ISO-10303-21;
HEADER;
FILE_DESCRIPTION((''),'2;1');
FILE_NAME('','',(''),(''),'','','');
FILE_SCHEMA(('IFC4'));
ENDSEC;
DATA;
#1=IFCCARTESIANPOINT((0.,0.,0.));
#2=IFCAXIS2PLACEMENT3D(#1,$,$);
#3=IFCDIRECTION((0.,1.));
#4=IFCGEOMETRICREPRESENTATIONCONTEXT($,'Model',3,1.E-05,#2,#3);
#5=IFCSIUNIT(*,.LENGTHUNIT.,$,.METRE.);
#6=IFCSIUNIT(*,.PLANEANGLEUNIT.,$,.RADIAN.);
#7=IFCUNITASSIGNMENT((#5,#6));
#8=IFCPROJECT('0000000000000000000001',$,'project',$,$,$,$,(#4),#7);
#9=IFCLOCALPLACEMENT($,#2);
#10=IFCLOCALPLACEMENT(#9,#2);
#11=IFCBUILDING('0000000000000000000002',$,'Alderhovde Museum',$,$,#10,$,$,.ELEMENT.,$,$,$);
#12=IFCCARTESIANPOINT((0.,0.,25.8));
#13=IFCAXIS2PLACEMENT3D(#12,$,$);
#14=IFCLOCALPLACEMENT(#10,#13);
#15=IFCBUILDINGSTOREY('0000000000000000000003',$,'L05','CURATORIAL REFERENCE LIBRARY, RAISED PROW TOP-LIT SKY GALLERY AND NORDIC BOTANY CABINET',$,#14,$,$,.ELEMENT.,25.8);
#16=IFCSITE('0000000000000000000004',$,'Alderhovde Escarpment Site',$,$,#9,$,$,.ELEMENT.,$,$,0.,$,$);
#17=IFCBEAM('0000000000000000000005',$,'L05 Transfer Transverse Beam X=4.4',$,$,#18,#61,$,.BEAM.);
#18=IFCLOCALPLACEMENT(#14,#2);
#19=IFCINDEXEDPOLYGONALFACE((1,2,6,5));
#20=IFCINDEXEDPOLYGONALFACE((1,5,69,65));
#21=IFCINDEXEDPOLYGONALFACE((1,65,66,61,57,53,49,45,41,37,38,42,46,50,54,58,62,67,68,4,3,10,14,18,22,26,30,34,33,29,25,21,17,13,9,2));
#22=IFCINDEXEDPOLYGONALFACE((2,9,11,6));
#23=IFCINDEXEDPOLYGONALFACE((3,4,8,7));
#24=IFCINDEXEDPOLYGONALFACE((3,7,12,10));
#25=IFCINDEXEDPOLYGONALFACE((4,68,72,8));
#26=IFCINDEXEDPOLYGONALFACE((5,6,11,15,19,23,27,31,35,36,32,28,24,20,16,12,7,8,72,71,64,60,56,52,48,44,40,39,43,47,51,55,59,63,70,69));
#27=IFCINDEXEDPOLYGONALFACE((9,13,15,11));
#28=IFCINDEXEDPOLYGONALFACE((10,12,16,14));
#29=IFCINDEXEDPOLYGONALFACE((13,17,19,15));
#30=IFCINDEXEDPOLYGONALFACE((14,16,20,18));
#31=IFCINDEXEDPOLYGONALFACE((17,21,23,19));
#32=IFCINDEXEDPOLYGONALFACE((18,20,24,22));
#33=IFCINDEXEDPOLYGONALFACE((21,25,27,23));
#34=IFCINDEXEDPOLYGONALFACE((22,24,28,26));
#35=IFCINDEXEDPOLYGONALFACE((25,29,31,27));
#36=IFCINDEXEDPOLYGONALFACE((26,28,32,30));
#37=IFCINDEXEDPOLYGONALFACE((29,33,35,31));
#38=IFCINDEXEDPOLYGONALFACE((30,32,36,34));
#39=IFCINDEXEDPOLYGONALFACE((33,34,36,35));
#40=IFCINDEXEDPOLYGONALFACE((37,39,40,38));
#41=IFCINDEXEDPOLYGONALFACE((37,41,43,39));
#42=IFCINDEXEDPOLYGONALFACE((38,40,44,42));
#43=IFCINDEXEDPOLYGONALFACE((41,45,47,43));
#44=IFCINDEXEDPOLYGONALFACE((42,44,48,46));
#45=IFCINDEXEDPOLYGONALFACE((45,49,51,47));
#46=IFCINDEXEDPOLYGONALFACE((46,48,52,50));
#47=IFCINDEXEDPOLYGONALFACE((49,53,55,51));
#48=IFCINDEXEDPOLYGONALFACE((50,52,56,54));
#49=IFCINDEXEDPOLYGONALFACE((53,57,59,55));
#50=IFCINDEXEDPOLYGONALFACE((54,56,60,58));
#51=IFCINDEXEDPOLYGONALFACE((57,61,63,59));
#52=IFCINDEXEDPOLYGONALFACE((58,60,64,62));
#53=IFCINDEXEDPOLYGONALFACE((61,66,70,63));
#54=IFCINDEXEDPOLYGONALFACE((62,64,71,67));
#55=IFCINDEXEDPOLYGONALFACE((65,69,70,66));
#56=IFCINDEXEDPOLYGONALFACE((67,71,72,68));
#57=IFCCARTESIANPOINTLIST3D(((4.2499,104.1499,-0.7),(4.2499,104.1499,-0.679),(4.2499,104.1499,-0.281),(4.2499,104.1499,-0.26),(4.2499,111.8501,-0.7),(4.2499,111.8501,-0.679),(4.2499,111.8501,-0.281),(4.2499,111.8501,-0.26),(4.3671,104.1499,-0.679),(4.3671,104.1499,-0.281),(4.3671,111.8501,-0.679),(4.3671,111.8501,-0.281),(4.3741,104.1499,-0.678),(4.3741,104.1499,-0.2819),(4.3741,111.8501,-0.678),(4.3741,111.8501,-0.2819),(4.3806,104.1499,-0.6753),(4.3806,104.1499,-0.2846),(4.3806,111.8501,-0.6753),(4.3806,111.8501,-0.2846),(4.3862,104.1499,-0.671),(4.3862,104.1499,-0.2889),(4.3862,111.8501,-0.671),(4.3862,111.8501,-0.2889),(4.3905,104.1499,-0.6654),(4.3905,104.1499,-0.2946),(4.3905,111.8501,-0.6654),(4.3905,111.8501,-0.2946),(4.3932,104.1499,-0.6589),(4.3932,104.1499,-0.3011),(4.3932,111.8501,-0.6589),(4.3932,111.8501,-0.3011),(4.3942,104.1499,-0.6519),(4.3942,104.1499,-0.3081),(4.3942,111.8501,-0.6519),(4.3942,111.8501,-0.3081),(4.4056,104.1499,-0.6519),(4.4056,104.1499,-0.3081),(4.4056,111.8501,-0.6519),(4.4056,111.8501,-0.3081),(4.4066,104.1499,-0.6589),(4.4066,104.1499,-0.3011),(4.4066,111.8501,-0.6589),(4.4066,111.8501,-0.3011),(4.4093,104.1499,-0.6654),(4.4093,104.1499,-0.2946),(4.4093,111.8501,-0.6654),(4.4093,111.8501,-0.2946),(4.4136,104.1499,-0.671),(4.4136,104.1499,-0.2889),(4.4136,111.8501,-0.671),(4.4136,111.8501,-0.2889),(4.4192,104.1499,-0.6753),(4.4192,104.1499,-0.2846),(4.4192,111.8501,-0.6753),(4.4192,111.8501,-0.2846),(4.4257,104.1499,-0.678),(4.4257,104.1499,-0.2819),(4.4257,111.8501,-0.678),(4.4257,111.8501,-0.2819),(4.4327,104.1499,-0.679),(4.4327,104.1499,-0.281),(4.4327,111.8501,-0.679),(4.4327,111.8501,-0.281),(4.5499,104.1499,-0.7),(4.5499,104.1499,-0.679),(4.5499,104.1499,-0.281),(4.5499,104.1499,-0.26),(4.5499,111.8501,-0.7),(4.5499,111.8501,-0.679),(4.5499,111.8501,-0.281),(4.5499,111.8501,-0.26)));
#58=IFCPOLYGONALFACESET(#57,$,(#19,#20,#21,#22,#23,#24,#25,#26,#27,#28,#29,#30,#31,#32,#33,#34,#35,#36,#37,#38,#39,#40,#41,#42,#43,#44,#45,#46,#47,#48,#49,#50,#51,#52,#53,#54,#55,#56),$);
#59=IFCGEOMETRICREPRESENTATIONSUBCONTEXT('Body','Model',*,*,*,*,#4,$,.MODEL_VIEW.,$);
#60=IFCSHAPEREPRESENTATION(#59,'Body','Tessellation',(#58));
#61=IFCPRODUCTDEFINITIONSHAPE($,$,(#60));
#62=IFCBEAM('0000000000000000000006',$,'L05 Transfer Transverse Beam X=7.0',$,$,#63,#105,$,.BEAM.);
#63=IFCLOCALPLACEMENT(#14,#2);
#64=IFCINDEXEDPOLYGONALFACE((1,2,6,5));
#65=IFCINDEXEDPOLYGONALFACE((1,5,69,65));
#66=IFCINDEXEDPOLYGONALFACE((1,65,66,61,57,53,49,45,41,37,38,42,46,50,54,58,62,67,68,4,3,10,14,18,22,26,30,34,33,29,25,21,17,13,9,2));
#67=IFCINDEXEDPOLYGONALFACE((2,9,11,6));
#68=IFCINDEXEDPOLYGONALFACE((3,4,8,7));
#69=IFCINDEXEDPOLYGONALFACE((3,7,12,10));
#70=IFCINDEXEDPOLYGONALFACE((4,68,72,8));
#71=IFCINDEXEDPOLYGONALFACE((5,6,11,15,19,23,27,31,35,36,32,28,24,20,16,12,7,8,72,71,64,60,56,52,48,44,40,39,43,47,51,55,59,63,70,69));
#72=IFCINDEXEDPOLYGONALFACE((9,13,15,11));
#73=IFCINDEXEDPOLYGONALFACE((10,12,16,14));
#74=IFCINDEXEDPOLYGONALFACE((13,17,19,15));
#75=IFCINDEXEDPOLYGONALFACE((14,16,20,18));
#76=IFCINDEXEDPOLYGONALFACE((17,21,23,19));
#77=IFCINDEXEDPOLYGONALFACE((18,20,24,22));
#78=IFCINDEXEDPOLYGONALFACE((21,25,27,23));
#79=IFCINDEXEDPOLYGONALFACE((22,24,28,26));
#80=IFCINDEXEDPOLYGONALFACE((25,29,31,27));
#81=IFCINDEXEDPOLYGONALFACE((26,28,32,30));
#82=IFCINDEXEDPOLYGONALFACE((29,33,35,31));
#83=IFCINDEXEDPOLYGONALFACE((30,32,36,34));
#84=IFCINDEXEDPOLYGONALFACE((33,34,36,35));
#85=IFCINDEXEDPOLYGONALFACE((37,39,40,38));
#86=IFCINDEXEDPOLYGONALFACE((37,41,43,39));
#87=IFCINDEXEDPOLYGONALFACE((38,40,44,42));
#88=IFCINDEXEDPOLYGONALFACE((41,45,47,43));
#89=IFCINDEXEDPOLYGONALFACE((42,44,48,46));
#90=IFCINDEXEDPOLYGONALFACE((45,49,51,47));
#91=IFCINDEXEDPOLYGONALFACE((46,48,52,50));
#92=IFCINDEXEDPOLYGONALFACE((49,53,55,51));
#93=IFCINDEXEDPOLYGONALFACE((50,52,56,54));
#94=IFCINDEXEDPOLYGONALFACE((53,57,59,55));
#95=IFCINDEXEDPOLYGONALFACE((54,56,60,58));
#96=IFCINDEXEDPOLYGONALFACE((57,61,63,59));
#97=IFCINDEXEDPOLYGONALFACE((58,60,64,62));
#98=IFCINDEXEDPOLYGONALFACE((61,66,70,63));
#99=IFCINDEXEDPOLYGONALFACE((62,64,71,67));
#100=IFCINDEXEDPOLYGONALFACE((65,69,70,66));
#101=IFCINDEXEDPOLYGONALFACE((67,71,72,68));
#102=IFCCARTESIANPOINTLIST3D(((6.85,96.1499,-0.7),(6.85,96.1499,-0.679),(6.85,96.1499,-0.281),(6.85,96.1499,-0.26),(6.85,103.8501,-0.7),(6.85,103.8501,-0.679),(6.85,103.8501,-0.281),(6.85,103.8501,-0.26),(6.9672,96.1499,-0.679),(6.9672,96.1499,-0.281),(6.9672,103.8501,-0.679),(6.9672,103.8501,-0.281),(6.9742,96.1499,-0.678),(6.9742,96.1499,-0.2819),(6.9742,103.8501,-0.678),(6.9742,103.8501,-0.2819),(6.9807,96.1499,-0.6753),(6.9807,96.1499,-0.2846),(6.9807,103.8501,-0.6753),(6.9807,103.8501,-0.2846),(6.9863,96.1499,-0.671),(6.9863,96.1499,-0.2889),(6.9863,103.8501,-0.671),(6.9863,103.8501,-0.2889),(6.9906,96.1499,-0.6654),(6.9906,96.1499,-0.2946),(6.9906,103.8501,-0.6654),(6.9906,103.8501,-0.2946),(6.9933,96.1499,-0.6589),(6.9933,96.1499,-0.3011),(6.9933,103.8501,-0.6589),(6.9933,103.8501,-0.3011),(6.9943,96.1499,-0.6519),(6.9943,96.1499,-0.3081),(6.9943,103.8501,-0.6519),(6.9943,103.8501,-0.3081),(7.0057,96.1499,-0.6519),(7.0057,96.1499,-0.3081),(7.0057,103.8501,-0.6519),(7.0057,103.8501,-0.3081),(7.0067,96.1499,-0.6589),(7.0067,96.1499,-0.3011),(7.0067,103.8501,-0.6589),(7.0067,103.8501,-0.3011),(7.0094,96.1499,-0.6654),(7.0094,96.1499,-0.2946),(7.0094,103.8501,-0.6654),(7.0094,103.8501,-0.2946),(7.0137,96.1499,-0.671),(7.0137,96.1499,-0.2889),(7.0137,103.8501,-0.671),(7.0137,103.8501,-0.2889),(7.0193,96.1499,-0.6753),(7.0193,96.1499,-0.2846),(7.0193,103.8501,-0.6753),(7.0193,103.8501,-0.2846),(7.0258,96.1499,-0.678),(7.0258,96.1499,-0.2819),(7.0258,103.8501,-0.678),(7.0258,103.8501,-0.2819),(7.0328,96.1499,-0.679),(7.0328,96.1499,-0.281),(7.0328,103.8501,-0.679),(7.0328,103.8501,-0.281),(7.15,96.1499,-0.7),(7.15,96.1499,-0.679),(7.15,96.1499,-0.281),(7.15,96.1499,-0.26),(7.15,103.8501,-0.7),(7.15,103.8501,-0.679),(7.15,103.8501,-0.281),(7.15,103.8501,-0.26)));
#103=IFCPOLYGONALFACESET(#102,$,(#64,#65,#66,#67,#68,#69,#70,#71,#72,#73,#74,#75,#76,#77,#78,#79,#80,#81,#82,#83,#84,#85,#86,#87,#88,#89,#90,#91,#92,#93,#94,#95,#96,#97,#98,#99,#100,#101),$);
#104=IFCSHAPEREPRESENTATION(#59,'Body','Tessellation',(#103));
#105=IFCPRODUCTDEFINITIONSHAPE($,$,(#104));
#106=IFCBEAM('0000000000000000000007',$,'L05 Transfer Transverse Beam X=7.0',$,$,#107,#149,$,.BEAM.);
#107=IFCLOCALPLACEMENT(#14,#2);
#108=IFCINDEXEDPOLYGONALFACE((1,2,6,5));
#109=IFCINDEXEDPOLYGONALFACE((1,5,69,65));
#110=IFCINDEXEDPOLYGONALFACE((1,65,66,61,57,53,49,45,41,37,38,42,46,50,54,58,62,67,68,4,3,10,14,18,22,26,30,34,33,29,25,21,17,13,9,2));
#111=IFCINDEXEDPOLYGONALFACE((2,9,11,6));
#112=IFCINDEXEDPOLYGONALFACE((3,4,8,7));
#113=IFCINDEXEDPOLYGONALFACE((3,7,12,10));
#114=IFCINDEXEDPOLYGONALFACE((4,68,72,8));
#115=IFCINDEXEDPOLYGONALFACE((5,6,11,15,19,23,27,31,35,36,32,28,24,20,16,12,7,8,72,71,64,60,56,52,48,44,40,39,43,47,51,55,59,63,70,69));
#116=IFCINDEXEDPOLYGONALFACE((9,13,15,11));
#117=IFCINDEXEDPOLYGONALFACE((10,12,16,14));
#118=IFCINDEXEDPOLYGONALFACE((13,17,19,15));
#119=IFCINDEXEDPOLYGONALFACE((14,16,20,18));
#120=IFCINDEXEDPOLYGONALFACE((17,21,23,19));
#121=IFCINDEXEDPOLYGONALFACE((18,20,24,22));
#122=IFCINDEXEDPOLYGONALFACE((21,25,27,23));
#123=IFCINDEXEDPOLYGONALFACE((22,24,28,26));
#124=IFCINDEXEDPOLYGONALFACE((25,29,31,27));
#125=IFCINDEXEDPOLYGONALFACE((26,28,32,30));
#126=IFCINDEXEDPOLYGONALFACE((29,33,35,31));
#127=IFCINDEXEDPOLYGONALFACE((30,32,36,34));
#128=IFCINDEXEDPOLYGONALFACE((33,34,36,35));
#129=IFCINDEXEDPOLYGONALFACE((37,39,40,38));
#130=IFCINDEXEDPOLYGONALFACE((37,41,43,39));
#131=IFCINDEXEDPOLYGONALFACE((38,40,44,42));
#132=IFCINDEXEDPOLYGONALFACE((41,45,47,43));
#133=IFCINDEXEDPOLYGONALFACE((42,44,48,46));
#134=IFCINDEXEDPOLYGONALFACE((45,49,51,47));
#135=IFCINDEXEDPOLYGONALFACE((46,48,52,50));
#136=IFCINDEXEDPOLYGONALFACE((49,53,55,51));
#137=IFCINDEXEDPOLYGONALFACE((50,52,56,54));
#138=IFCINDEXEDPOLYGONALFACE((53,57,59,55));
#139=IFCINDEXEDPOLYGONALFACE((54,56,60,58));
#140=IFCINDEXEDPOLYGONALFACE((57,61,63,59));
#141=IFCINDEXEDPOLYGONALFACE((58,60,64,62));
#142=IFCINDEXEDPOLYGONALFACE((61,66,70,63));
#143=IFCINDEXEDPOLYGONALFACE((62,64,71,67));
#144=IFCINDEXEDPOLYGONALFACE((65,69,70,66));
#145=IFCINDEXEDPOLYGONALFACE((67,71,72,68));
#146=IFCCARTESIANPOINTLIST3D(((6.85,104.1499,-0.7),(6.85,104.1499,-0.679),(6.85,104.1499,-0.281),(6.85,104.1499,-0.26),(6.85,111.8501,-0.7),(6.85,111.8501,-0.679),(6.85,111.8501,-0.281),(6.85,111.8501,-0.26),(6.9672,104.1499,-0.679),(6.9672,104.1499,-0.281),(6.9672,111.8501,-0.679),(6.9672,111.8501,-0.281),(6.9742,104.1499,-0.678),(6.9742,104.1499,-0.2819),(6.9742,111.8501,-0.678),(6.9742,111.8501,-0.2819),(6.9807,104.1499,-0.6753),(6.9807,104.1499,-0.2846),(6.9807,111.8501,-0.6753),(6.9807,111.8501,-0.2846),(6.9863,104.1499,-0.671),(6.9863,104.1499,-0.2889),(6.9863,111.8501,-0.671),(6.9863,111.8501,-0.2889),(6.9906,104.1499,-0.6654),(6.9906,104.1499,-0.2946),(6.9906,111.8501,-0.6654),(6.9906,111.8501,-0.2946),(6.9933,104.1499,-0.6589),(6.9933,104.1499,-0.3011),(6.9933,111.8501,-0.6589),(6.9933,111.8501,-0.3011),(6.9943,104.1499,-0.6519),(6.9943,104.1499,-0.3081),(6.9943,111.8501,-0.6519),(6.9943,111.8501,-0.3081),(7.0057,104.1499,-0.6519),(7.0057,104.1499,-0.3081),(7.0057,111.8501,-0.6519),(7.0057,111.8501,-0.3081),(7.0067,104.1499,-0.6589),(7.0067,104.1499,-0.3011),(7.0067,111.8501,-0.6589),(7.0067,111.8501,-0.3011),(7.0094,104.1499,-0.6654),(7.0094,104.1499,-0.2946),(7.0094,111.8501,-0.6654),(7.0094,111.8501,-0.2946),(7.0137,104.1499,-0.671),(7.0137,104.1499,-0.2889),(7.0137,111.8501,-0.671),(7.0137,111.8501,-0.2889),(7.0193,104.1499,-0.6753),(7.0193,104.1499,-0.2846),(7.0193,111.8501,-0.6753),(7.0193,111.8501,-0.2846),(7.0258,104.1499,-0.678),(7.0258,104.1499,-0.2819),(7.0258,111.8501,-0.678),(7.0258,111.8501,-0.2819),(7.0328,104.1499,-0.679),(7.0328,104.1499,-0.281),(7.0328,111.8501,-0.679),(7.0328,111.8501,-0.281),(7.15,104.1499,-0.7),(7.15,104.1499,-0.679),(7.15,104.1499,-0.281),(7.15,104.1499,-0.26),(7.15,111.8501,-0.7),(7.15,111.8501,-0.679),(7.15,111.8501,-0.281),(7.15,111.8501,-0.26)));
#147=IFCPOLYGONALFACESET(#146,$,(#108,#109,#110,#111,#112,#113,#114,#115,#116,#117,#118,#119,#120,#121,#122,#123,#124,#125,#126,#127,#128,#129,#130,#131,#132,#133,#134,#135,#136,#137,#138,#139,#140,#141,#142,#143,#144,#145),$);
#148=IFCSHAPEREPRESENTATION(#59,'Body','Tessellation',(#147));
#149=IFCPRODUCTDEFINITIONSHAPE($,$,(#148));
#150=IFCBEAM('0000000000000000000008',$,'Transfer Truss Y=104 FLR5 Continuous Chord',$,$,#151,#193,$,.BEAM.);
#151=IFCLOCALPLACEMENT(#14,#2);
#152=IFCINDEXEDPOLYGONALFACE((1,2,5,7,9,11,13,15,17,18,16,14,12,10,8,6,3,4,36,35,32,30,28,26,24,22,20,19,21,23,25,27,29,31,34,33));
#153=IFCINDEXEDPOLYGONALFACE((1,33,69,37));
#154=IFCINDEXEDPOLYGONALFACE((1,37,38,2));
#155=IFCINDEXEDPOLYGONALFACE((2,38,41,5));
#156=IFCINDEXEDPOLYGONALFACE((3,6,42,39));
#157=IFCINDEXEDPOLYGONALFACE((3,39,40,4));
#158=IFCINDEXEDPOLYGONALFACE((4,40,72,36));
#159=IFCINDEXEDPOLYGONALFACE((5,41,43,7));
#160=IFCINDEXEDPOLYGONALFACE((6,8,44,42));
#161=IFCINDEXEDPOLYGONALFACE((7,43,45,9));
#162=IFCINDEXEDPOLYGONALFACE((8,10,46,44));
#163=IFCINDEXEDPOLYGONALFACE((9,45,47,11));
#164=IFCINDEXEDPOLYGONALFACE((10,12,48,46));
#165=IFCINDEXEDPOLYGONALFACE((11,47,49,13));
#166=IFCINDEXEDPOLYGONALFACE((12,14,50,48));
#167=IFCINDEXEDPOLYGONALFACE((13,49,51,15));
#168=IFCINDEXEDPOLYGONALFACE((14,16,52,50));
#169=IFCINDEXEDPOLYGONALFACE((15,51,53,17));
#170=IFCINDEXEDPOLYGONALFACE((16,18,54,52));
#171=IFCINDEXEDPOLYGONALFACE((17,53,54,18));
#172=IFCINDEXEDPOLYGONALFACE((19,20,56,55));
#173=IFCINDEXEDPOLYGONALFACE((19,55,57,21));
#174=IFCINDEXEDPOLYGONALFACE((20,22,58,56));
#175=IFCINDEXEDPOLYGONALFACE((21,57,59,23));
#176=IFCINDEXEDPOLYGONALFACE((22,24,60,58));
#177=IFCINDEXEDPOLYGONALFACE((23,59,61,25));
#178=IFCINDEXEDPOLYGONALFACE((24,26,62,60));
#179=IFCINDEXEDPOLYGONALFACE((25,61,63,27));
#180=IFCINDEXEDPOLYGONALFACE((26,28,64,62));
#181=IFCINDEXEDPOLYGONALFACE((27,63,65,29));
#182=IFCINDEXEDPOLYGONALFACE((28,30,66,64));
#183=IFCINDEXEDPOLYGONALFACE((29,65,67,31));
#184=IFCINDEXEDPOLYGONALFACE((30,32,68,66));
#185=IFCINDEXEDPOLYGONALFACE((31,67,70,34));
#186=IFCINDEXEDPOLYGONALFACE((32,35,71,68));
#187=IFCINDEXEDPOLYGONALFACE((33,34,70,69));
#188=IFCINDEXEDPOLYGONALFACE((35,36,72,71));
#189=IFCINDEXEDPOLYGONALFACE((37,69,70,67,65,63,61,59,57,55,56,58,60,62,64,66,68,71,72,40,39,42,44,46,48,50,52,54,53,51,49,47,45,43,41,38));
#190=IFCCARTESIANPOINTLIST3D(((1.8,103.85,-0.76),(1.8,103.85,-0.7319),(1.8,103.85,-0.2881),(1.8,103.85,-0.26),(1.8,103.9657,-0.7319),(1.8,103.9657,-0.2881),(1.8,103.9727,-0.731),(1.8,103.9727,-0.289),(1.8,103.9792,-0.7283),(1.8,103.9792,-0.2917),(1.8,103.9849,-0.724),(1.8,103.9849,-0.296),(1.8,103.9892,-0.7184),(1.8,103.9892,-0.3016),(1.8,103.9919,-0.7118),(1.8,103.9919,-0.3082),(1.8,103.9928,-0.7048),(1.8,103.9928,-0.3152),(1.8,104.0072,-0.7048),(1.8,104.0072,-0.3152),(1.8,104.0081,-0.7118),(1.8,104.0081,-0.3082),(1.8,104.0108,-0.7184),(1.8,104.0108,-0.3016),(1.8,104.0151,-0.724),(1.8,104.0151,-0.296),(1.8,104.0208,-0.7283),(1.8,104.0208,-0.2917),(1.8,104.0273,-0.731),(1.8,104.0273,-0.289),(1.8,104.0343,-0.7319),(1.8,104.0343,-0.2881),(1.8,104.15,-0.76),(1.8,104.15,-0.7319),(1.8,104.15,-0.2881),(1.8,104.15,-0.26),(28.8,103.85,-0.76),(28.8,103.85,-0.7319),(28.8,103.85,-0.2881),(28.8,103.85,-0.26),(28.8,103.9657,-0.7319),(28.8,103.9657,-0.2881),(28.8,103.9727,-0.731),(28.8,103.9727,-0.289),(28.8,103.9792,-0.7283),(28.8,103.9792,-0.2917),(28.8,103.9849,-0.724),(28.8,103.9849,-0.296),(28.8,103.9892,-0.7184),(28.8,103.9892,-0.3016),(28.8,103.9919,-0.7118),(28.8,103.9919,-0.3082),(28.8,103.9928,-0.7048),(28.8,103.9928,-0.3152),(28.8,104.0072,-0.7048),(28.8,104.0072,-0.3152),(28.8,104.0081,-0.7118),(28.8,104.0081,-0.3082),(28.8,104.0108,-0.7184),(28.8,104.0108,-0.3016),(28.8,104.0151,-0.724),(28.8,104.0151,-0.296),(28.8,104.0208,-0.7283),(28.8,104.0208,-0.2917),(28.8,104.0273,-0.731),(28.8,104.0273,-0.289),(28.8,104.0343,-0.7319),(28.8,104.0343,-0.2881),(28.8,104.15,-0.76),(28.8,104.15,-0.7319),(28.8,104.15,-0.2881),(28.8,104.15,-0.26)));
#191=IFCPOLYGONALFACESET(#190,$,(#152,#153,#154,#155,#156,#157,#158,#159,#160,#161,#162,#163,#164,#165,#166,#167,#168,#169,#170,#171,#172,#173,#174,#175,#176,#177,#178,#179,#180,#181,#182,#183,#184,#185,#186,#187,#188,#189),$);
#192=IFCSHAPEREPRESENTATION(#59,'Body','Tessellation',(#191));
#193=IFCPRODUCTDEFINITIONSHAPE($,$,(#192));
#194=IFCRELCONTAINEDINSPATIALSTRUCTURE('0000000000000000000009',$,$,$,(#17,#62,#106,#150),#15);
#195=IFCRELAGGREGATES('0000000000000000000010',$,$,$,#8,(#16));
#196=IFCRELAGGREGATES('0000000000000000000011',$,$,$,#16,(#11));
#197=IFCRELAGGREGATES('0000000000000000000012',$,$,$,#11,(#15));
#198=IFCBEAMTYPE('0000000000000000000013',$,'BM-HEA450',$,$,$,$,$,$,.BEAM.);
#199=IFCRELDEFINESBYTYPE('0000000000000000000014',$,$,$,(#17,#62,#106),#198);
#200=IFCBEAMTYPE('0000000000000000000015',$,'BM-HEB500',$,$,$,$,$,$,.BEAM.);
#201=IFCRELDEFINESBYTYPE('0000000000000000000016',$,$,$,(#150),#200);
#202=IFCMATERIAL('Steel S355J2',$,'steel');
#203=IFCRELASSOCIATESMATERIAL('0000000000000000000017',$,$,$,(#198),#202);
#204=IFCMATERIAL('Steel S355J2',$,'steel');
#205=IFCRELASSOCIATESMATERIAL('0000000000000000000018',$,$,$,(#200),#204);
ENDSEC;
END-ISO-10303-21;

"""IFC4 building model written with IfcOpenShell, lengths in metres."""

from ifc_helpers import new_model, si_unit, direction, frame, origin, origin_2d, place, context, subcontext, project, spatial, i_section, extrude, material, material_profile, profile_set, type_object, element, save


model = new_model("IFC4")

# Units and contexts
model_context = context("Model", 3, precision=1e-05, world=origin(), true_north=direction((0.0, 1.0)))
body_context = subcontext(model_context, "Body", "Model", "MODEL_VIEW")
ifc_project = project(units=[si_unit("LENGTHUNIT", "METRE"), si_unit("PLANEANGLEUNIT", "RADIAN")], contexts=[model_context])

# Site, building, storey
site_placement = place(None, origin())
site = spatial("IfcSite", under=ifc_project, at=site_placement, Name="Alderhovde Escarpment Site", CompositionType="ELEMENT", RefElevation=0.0)
building_placement = place(site_placement, origin())
building = spatial("IfcBuilding", under=site, at=building_placement, Name="Alderhovde Museum", CompositionType="ELEMENT")
storey_placement = place(building_placement, frame((0.0, 0.0, 25.8)))
storey = spatial("IfcBuildingStorey", under=building, at=storey_placement, Name="L05", Description="CURATORIAL REFERENCE LIBRARY, RAISED PROW TOP-LIT SKY GALLERY AND NORDIC BOTANY CABINET", CompositionType="ELEMENT", Elevation=25.8)

# Beams
ifc_material_1 = material(Name="Steel S355J2", Category="steel")
ifc_material_profile_1 = material_profile(ifc_material_1, i_section(OverallWidth=0.3, OverallDepth=0.4399, WebThickness=0.0115, FlangeThickness=0.021, FilletRadius=0.0271, at=origin_2d()), Name="HEA 450")
ifc_profile_set_1 = profile_set([ifc_material_profile_1], Name="Steel S355J2")
beam_type_1 = type_object("IfcBeamType", Name="BM-HEA450", PredefinedType="BEAM", material=ifc_profile_set_1)
for number, where, z_axis, x_axis, name in (
    (1, (4.3999, 104.1499, -0.48), (0.0, 1.0, 0.0), (-1.0, 0.0, 0.0), "L05 Transfer Transverse Beam X=4.4"),
    (2, (7.0, 96.1499, -0.48), (0.0, 1.0, 0.0), (-1.0, 0.0, 0.0), "L05 Transfer Transverse Beam X=7.0"),
    (3, (7.0, 104.1499, -0.48), (0.0, 1.0, 0.0), (-1.0, 0.0, 0.0), "L05 Transfer Transverse Beam X=7.0"),
):
    element("IfcBeam", number, at=place(storey_placement, frame(where, z_axis=z_axis, x_axis=x_axis)), inside=storey, type_object=beam_type_1, Name=name, PredefinedType="BEAM", context=body_context, shape_type="SweptSolid", body=[
        extrude(i_section(OverallWidth=0.3, OverallDepth=0.4399, WebThickness=0.0115, FlangeThickness=0.021, FilletRadius=0.0271, at=origin_2d()), origin(), (0.0, 0.0, 1.0), 7.7002),
    ])
ifc_material_2 = material(Name="Steel S355J2", Category="steel")
ifc_material_profile_2 = material_profile(ifc_material_2, i_section(OverallWidth=0.3, OverallDepth=0.5, WebThickness=0.0144, FlangeThickness=0.0281, FilletRadius=0.0271, at=origin_2d()), Name="HEB 500")
ifc_profile_set_2 = profile_set([ifc_material_profile_2], Name="Steel S355J2")
beam_type_2 = type_object("IfcBeamType", Name="BM-HEB500", PredefinedType="BEAM", material=ifc_profile_set_2)
for number, where, z_axis, x_axis, name in (
    (4, (1.8, 104.0, -0.51), (1.0, 0.0, 0.0), (0.0, 1.0, 0.0), "Transfer Truss Y=104 FLR5 Continuous Chord"),
):
    element("IfcBeam", number, at=place(storey_placement, frame(where, z_axis=z_axis, x_axis=x_axis)), inside=storey, type_object=beam_type_2, Name=name, PredefinedType="BEAM", context=body_context, shape_type="SweptSolid", body=[
        extrude(i_section(OverallWidth=0.3, OverallDepth=0.5, WebThickness=0.0144, FlangeThickness=0.0281, FilletRadius=0.0271, at=origin_2d()), origin(), (0.0, 0.0, 1.0), 27.0),
    ])

save(model, "model.ifc")
